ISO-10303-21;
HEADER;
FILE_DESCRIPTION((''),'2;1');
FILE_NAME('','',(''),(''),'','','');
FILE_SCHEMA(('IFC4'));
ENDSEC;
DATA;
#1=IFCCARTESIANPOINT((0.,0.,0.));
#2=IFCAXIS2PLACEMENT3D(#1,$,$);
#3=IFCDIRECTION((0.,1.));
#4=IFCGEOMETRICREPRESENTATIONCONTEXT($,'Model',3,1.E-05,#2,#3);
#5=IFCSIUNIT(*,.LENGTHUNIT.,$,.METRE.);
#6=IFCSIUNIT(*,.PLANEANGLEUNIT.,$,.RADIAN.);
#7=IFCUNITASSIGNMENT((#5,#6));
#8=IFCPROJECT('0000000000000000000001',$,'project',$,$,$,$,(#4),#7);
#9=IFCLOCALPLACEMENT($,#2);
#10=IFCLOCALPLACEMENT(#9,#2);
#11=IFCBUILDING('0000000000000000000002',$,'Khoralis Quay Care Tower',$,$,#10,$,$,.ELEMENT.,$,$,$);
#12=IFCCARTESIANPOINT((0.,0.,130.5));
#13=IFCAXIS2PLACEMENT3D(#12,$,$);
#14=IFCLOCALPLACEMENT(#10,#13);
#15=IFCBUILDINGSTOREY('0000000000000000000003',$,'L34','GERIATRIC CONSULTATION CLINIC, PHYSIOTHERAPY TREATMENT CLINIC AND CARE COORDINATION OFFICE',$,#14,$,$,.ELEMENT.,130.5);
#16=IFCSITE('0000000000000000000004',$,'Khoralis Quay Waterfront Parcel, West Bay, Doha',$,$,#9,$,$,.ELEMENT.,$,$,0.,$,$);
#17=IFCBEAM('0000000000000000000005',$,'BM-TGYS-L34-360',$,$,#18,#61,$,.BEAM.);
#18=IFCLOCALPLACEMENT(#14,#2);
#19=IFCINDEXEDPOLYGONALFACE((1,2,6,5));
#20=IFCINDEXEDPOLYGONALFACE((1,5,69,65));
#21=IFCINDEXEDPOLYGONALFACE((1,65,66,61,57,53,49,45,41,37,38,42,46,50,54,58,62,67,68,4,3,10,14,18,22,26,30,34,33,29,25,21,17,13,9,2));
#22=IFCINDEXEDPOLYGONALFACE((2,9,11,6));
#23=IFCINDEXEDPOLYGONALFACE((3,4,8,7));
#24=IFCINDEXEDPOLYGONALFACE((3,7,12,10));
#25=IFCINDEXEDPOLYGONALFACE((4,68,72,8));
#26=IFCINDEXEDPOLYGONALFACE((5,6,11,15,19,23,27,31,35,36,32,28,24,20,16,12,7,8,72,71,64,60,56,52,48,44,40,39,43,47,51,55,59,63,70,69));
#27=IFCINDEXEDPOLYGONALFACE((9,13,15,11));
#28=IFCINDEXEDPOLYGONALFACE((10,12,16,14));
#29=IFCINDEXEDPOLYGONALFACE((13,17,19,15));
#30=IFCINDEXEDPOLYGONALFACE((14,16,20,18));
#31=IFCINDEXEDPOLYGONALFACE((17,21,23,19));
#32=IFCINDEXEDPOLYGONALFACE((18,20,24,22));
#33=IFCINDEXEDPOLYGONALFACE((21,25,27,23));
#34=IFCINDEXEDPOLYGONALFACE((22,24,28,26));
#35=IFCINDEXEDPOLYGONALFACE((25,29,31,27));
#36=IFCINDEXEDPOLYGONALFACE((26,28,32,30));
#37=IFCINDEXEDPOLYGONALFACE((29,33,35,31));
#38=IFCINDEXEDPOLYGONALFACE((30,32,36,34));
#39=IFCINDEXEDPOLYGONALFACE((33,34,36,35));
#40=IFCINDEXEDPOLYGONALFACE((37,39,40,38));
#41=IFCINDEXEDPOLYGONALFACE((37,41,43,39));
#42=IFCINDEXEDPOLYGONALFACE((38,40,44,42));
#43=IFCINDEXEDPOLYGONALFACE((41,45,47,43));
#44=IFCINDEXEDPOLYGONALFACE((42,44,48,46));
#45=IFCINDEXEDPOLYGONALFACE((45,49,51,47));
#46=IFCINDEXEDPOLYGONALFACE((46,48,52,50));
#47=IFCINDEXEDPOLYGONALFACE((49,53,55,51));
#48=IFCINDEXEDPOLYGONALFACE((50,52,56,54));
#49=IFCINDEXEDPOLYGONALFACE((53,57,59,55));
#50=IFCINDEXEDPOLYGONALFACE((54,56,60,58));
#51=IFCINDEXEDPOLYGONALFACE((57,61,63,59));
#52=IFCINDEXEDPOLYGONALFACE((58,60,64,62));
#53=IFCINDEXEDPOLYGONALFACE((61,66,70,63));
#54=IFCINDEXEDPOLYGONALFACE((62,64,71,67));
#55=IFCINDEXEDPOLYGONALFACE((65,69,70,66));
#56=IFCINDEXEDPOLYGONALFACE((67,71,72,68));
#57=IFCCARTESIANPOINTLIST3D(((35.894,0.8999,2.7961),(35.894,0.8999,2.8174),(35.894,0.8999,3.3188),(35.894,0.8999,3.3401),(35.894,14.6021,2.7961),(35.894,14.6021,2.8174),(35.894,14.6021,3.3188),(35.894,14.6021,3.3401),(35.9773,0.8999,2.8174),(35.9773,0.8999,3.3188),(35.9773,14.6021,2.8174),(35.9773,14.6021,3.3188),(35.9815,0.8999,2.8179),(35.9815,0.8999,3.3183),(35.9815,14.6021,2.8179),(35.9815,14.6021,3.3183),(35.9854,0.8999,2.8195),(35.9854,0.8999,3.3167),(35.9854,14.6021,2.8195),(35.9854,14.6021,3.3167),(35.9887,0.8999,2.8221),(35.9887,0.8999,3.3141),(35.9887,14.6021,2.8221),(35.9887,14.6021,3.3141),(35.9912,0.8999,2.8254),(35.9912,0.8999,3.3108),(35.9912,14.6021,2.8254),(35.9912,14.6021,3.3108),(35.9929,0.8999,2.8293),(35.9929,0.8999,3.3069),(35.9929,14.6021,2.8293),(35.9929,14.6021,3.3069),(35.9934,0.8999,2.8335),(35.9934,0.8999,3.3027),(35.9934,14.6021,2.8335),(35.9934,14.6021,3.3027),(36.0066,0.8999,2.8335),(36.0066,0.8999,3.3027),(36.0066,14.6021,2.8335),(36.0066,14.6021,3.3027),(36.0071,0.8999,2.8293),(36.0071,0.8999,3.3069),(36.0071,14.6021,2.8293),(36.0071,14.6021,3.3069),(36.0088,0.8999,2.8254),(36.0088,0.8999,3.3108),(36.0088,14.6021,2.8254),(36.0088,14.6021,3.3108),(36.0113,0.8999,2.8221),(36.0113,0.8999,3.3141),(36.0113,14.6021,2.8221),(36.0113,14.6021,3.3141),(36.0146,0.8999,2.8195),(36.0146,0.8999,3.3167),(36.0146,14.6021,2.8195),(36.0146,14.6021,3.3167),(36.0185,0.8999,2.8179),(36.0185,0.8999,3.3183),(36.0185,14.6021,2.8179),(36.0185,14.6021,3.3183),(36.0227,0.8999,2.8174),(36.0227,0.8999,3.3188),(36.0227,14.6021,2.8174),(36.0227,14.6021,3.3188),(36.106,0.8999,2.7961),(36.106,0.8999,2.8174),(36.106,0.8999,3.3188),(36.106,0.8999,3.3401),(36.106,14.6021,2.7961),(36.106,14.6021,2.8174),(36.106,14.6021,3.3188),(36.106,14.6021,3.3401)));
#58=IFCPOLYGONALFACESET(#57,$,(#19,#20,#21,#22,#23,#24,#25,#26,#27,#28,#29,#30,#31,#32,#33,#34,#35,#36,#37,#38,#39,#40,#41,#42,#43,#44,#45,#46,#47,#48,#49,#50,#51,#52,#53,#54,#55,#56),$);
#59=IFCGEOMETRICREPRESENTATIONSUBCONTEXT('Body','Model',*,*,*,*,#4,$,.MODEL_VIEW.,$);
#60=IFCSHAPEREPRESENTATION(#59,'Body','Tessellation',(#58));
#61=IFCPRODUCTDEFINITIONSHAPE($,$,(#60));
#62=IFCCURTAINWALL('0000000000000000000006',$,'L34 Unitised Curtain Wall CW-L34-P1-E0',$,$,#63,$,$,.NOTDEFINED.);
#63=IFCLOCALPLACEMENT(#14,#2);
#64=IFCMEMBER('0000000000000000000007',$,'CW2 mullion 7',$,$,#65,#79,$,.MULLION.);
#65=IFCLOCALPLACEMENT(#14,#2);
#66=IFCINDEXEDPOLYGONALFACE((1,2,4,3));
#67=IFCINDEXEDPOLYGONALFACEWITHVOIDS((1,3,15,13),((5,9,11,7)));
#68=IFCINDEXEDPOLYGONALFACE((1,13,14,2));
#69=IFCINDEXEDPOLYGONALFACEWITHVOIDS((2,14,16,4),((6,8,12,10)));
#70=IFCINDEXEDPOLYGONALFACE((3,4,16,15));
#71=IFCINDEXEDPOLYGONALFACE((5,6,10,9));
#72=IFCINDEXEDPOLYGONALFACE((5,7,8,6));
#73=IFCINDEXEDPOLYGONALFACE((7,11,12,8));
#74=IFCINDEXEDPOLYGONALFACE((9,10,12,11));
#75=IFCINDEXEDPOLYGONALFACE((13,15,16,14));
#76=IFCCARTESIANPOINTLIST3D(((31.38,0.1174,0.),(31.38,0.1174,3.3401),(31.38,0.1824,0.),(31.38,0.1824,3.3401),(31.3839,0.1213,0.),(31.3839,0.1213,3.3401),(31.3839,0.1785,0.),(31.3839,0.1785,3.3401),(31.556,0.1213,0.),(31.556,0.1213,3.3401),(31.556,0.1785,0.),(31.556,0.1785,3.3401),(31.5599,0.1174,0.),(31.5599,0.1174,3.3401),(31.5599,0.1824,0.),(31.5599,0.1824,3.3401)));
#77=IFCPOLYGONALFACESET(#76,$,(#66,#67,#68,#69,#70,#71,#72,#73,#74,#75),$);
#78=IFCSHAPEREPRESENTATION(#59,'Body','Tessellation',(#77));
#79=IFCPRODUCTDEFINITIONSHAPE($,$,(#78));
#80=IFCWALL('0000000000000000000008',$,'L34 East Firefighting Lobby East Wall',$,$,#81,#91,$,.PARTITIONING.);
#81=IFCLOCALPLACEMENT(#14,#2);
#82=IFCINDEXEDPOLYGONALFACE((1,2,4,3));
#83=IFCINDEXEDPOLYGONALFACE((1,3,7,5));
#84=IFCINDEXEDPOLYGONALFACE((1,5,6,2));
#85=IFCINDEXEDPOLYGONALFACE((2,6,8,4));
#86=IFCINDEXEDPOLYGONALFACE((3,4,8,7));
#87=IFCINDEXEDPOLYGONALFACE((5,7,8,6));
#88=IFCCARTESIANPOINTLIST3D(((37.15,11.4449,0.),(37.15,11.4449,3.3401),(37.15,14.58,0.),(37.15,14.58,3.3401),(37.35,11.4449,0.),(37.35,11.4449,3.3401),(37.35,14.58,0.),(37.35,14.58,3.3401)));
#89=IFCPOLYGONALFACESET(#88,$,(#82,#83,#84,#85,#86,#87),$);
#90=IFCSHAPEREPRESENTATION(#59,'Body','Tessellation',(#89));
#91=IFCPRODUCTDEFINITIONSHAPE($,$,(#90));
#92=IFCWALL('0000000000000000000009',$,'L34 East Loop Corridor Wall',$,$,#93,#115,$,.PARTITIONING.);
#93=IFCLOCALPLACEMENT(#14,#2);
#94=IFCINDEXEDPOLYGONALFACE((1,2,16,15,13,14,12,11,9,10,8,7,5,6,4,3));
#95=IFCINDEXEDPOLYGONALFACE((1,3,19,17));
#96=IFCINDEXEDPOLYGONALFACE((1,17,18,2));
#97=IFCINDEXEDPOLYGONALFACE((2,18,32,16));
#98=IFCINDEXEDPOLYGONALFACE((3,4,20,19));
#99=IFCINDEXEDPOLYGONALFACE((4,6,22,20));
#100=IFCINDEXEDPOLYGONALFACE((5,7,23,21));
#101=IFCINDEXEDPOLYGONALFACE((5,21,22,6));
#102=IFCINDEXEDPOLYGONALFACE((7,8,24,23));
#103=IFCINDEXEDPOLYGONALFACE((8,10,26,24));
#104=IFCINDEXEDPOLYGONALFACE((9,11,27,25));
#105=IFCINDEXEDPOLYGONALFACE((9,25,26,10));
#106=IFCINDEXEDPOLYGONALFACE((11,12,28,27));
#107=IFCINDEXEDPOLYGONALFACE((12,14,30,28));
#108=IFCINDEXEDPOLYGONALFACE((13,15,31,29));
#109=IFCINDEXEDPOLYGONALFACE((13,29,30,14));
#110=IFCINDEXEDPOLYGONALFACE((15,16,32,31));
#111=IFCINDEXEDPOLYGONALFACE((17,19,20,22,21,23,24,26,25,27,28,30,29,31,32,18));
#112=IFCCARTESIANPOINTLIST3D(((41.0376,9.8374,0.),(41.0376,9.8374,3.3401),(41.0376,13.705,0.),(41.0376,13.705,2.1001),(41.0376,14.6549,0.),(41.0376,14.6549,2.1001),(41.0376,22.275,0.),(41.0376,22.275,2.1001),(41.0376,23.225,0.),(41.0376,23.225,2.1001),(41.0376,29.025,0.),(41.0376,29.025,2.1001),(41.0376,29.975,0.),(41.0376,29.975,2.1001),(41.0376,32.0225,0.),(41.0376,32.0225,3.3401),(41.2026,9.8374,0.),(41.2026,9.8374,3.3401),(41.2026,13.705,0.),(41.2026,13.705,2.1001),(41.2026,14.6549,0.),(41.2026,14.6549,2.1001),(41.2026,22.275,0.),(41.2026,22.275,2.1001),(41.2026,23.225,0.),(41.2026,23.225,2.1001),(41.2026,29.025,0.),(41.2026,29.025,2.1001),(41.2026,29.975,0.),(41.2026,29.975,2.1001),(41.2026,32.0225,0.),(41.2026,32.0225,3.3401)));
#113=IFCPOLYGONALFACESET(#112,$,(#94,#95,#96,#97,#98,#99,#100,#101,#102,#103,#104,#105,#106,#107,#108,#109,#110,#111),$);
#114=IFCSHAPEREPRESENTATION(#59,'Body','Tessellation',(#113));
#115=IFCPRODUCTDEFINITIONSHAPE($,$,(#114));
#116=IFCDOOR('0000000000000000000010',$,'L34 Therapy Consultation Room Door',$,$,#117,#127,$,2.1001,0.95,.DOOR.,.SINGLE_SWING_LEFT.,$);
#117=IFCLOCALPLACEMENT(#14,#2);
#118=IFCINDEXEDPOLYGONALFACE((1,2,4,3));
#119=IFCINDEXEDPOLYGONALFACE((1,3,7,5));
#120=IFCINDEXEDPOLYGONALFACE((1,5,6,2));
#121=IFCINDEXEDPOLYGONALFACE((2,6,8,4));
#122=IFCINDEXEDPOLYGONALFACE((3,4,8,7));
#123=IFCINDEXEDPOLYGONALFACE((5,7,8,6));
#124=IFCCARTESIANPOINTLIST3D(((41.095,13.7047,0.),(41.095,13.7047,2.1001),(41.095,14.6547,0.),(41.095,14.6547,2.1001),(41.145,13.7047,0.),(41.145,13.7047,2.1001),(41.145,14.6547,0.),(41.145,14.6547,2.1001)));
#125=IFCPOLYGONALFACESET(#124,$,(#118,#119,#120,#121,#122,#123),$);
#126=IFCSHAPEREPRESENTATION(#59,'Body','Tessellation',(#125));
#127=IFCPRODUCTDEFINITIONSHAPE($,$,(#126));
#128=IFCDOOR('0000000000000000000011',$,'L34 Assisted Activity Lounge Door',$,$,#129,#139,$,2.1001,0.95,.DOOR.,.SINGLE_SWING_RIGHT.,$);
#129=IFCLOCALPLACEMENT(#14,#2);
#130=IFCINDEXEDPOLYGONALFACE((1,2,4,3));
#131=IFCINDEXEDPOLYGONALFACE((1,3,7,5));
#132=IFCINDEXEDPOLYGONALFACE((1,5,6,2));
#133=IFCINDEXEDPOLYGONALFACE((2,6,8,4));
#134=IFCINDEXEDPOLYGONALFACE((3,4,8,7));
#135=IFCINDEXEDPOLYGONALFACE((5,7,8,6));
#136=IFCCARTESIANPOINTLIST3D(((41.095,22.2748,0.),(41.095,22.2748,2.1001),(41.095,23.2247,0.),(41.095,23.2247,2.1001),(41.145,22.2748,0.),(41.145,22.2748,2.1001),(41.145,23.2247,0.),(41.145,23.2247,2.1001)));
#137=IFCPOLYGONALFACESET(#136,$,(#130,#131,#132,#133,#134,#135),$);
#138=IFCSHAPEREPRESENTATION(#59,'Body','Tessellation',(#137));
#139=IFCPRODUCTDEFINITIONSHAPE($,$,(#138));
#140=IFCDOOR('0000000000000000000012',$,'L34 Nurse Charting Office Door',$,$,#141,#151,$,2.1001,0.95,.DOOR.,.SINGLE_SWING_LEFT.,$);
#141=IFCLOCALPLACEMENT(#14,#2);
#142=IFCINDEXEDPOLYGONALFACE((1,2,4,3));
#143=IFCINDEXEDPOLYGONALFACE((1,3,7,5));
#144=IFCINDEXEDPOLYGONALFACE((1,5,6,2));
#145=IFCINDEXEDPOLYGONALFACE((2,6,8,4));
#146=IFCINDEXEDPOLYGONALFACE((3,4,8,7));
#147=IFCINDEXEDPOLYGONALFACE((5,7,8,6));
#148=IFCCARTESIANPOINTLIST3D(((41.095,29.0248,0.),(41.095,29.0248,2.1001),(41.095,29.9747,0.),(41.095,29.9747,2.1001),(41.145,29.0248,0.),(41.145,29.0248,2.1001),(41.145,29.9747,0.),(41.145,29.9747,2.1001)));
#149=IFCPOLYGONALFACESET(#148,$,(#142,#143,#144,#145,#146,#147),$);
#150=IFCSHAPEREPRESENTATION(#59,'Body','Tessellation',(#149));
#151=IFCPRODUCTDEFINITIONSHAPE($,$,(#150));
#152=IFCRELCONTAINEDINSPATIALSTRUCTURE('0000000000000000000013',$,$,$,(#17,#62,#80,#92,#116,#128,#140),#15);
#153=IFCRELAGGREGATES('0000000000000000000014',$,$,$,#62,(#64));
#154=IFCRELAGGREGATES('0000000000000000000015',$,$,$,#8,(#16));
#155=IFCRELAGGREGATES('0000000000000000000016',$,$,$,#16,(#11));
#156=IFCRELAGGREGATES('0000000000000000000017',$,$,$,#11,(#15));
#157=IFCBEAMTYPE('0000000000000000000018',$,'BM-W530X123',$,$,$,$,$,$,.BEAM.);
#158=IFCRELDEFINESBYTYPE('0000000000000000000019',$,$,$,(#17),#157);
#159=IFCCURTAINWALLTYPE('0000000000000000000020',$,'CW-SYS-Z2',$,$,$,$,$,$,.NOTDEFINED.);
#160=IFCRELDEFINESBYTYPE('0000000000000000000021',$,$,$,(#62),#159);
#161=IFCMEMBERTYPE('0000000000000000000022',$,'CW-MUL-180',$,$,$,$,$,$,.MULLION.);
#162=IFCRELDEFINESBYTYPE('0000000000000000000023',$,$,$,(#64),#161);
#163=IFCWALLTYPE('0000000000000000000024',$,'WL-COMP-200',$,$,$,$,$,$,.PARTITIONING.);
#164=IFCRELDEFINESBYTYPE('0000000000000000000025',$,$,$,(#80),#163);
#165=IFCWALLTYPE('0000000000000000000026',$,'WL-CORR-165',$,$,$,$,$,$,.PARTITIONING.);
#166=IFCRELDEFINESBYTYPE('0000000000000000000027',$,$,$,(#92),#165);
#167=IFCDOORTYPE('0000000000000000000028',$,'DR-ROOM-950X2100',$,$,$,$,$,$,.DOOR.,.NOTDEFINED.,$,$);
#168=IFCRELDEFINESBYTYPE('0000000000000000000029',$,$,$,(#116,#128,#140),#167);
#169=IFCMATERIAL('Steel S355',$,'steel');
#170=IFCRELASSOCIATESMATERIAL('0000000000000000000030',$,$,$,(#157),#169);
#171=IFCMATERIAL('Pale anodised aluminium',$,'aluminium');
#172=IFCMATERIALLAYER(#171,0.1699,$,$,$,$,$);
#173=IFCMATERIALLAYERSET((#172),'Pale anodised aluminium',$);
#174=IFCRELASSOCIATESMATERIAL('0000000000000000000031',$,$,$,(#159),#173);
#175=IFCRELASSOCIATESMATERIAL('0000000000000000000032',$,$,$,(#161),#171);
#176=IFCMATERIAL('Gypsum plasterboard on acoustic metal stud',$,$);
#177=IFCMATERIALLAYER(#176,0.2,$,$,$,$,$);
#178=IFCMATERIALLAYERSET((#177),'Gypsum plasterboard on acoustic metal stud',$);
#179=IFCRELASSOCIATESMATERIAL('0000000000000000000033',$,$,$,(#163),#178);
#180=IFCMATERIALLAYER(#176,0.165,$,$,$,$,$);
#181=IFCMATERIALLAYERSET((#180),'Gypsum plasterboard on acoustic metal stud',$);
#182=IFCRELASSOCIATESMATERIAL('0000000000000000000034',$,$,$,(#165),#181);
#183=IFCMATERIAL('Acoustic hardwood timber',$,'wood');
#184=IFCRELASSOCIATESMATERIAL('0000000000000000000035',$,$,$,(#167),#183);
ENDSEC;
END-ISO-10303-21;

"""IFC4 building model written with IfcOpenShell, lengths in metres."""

from ifc_helpers import new_model, si_unit, direction, frame, frame_2d, origin, origin_2d, place, context, subcontext, project, spatial, rectangle, hollow_rectangle, i_section, extrude, source, transform, mapped, material, layer, layer_set, material_profile, profile_set, type_object, element, fill, aggregate, save


model = new_model("IFC4")

# Units and contexts
model_context = context("Model", 3, precision=1e-05, world=origin(), true_north=direction((0.0, 1.0)))
body_context = subcontext(model_context, "Body", "Model", "MODEL_VIEW")
ifc_project = project(units=[si_unit("LENGTHUNIT", "METRE"), si_unit("PLANEANGLEUNIT", "RADIAN")], contexts=[model_context])

# Site, building, storey
site_placement = place(None, origin())
site = spatial("IfcSite", under=ifc_project, at=site_placement, Name="Khoralis Quay Waterfront Parcel, West Bay, Doha", CompositionType="ELEMENT", RefElevation=0.0)
building_placement = place(site_placement, origin())
building = spatial("IfcBuilding", under=site, at=building_placement, Name="Khoralis Quay Care Tower", CompositionType="ELEMENT")
storey_placement = place(building_placement, frame((0.0, 0.0, 130.5)))
storey = spatial("IfcBuildingStorey", under=building, at=storey_placement, Name="L34", Description="GERIATRIC CONSULTATION CLINIC, PHYSIOTHERAPY TREATMENT CLINIC AND CARE COORDINATION OFFICE", CompositionType="ELEMENT", Elevation=130.5)

# Beam
ifc_material_1 = material(Name="Steel S355", Category="steel")
ifc_material_profile_1 = material_profile(ifc_material_1, i_section(OverallWidth=0.2119, OverallDepth=0.5439, WebThickness=0.0132, FlangeThickness=0.0212, FilletRadius=0.0161, at=origin_2d()), Name="Steel S355")
ifc_profile_set_1 = profile_set([ifc_material_profile_1], Name="Steel S355")
beam_type_1 = type_object("IfcBeamType", Name="BM-W530X123", PredefinedType="BEAM", material=ifc_profile_set_1)
shared_shape_1 = source(origin(), body_context, "Body", "SweptSolid", [
    extrude(i_section(OverallWidth=0.2119, OverallDepth=0.5439, WebThickness=0.0132, FlangeThickness=0.0212, FilletRadius=0.0161, at=origin_2d()), origin(), (0.0, 0.0, 1.0), 13.7021),
])
beam_1_placement = place(storey_placement, frame((36.0, 0.8999, 3.0681), z_axis=(0.0, 1.0, 0.0), x_axis=(-1.0, 0.0, 0.0)))
element("IfcBeam", 1, at=beam_1_placement, inside=storey, type_object=beam_type_1, Name="BM-TGYS-L34-360", PredefinedType="BEAM", context=body_context, shape_type="MappedRepresentation", body=[
    mapped(shared_shape_1, transform((0.0, 0.0, 0.0), scale=1.0)),
])

# Curtain wall, member
ifc_material_2 = material(Name="Pale anodised aluminium", Category="aluminium")
ifc_layer_1 = layer(ifc_material_2, 0.1699)
ifc_layer_set_1 = layer_set([ifc_layer_1], Name="Pale anodised aluminium")
curtain_wall_type = type_object("IfcCurtainWallType", Name="CW-SYS-Z2", PredefinedType="NOTDEFINED", material=ifc_layer_set_1)
curtain_wall_placement = place(storey_placement, origin())
curtain_wall = element("IfcCurtainWall", 2, at=curtain_wall_placement, inside=storey, type_object=curtain_wall_type, Name="L34 Unitised Curtain Wall CW-L34-P1-E0", PredefinedType="NOTDEFINED")
ifc_material_profile_2 = material_profile(ifc_material_2, hollow_rectangle(XDim=0.0649, YDim=0.1799, WallThickness=0.0039, at=origin_2d()), Name="Pale anodised aluminium")
ifc_profile_set_2 = profile_set([ifc_material_profile_2], Name="Pale anodised aluminium")
member_type = type_object("IfcMemberType", Name="CW-MUL-180", PredefinedType="MULLION", material=ifc_profile_set_2)
shared_shape_2 = source(origin(), body_context, "Body", "SweptSolid", [
    extrude(hollow_rectangle(XDim=0.0649, YDim=0.1799, WallThickness=0.0039, at=origin_2d()), origin(), (0.0, 0.0, 1.0), 3.3401),
])
member_placement = place(storey_placement, frame((31.47, 0.1499, 0.0), z_axis=(0.0, 0.0, 1.0), x_axis=(0.0, 1.0, 0.0)))
member = element("IfcMember", 3, at=member_placement, type_object=member_type, Name="CW2 mullion 7", PredefinedType="MULLION", context=body_context, shape_type="MappedRepresentation", body=[
    mapped(shared_shape_2, transform((0.0, 0.0, 0.0), scale=1.0)),
])
aggregate(curtain_wall, [member])

# Wall
ifc_material_3 = material(Name="Gypsum plasterboard on acoustic metal stud")
ifc_layer_2 = layer(ifc_material_3, 0.2)
ifc_layer_set_2 = layer_set([ifc_layer_2], Name="Gypsum plasterboard on acoustic metal stud")
wall_type_1 = type_object("IfcWallType", Name="WL-COMP-200", PredefinedType="PARTITIONING", material=ifc_layer_set_2)
wall_1_placement = place(storey_placement, frame((37.25, 11.4451, 0.0), z_axis=(0.0, 0.0, 1.0), x_axis=(0.0, 1.0, 0.0)))
element("IfcWall", 4, at=wall_1_placement, inside=storey, type_object=wall_type_1, Name="L34 East Firefighting Lobby East Wall", PredefinedType="PARTITIONING", context=body_context, shape_type="SweptSolid", body=[
    extrude(rectangle(XDim=3.135, YDim=0.2, at=frame_2d((1.5674, 0.0))), origin(), (0.0, 0.0, 1.0), 3.3401),
])

# Wall, openings, doors
ifc_layer_3 = layer(ifc_material_3, 0.165)
ifc_layer_set_3 = layer_set([ifc_layer_3], Name="Gypsum plasterboard on acoustic metal stud")
wall_type_2 = type_object("IfcWallType", Name="WL-CORR-165", PredefinedType="PARTITIONING", material=ifc_layer_set_3)
wall_2_placement = place(storey_placement, frame((41.1201, 9.8374, 0.0), z_axis=(0.0, 0.0, 1.0), x_axis=(0.0, 1.0, 0.0)))
wall_2 = element("IfcWall", 5, at=wall_2_placement, inside=storey, type_object=wall_type_2, Name="L34 East Loop Corridor Wall", PredefinedType="PARTITIONING", context=body_context, shape_type="SweptSolid", body=[
    extrude(rectangle(XDim=22.1851, YDim=0.165, at=frame_2d((11.0925, 0.0))), origin(), (0.0, 0.0, 1.0), 3.3401),
])
opening_1_placement = place(wall_2_placement, frame((3.8674, 0.0, 0.0)))
opening_1 = element("IfcOpeningElement", 6, at=opening_1_placement, cuts=wall_2, PredefinedType="OPENING", context=body_context, shape_type="SweptSolid", body=[
    extrude(rectangle(XDim=0.95, YDim=2.1001, at=frame_2d((0.4751, 1.05))), frame((0.0, 0.0925, 0.0), z_axis=(0.0, -1.0, 0.0), x_axis=(1.0, 0.0, 0.0)), (0.0, 0.0, 1.0), 0.1851),
])
opening_2_placement = place(wall_2_placement, frame((12.4375, 0.0, 0.0)))
opening_2 = element("IfcOpeningElement", 7, at=opening_2_placement, cuts=wall_2, PredefinedType="OPENING", context=body_context, shape_type="SweptSolid", body=[
    extrude(rectangle(XDim=0.95, YDim=2.1001, at=frame_2d((0.4751, 1.05))), frame((0.0, 0.0925, 0.0), z_axis=(0.0, -1.0, 0.0), x_axis=(1.0, 0.0, 0.0)), (0.0, 0.0, 1.0), 0.1851),
])
opening_3_placement = place(wall_2_placement, frame((19.1875, 0.0, 0.0)))
opening_3 = element("IfcOpeningElement", 8, at=opening_3_placement, cuts=wall_2, PredefinedType="OPENING", context=body_context, shape_type="SweptSolid", body=[
    extrude(rectangle(XDim=0.95, YDim=2.1001, at=frame_2d((0.4751, 1.05))), frame((0.0, 0.0925, 0.0), z_axis=(0.0, -1.0, 0.0), x_axis=(1.0, 0.0, 0.0)), (0.0, 0.0, 1.0), 0.1851),
])
ifc_material_4 = material(Name="Acoustic hardwood timber", Category="wood")
door_type = type_object("IfcDoorType", Name="DR-ROOM-950X2100", OperationType="NOTDEFINED", PredefinedType="DOOR", material=ifc_material_4)
shared_shape_3 = source(origin(), body_context, "Body", "SweptSolid", [
    extrude(rectangle(XDim=0.95, YDim=2.1001, at=frame_2d((0.4751, 1.05))), frame((0.0, 0.0249, 0.0), z_axis=(0.0, -1.0, 0.0), x_axis=(1.0, 0.0, 0.0)), (0.0, 0.0, 1.0), 0.05),
])
door_1_placement = place(opening_1_placement, frame((0.95, 0.0, 0.0), z_axis=(0.0, 0.0, 1.0), x_axis=(-1.0, 0.0, 0.0)))
door_1 = element("IfcDoor", 9, at=door_1_placement, inside=storey, type_object=door_type, Name="L34 Therapy Consultation Room Door", OperationType="SINGLE_SWING_LEFT", OverallHeight=2.1001, OverallWidth=0.95, PredefinedType="DOOR", context=body_context, shape_type="MappedRepresentation", body=[
    mapped(shared_shape_3, transform((0.0, 0.0, 0.0), scale=1.0)),
])
fill(opening_1, door_1)
door_2_placement = place(opening_2_placement, frame((0.95, 0.0, 0.0), z_axis=(0.0, 0.0, 1.0), x_axis=(-1.0, 0.0, 0.0)))
door_2 = element("IfcDoor", 10, at=door_2_placement, inside=storey, type_object=door_type, Name="L34 Assisted Activity Lounge Door", OperationType="SINGLE_SWING_RIGHT", OverallHeight=2.1001, OverallWidth=0.95, PredefinedType="DOOR", context=body_context, shape_type="MappedRepresentation", body=[
    mapped(shared_shape_3, transform((0.0, 0.0, 0.0), scale=1.0)),
])
fill(opening_2, door_2)
door_3_placement = place(opening_3_placement, frame((0.95, 0.0, 0.0), z_axis=(0.0, 0.0, 1.0), x_axis=(-1.0, 0.0, 0.0)))
door_3 = element("IfcDoor", 11, at=door_3_placement, inside=storey, type_object=door_type, Name="L34 Nurse Charting Office Door", OperationType="SINGLE_SWING_LEFT", OverallHeight=2.1001, OverallWidth=0.95, PredefinedType="DOOR", context=body_context, shape_type="MappedRepresentation", body=[
    mapped(shared_shape_3, transform((0.0, 0.0, 0.0), scale=1.0)),
])
fill(opening_3, door_3)

save(model, "model.ifc")
